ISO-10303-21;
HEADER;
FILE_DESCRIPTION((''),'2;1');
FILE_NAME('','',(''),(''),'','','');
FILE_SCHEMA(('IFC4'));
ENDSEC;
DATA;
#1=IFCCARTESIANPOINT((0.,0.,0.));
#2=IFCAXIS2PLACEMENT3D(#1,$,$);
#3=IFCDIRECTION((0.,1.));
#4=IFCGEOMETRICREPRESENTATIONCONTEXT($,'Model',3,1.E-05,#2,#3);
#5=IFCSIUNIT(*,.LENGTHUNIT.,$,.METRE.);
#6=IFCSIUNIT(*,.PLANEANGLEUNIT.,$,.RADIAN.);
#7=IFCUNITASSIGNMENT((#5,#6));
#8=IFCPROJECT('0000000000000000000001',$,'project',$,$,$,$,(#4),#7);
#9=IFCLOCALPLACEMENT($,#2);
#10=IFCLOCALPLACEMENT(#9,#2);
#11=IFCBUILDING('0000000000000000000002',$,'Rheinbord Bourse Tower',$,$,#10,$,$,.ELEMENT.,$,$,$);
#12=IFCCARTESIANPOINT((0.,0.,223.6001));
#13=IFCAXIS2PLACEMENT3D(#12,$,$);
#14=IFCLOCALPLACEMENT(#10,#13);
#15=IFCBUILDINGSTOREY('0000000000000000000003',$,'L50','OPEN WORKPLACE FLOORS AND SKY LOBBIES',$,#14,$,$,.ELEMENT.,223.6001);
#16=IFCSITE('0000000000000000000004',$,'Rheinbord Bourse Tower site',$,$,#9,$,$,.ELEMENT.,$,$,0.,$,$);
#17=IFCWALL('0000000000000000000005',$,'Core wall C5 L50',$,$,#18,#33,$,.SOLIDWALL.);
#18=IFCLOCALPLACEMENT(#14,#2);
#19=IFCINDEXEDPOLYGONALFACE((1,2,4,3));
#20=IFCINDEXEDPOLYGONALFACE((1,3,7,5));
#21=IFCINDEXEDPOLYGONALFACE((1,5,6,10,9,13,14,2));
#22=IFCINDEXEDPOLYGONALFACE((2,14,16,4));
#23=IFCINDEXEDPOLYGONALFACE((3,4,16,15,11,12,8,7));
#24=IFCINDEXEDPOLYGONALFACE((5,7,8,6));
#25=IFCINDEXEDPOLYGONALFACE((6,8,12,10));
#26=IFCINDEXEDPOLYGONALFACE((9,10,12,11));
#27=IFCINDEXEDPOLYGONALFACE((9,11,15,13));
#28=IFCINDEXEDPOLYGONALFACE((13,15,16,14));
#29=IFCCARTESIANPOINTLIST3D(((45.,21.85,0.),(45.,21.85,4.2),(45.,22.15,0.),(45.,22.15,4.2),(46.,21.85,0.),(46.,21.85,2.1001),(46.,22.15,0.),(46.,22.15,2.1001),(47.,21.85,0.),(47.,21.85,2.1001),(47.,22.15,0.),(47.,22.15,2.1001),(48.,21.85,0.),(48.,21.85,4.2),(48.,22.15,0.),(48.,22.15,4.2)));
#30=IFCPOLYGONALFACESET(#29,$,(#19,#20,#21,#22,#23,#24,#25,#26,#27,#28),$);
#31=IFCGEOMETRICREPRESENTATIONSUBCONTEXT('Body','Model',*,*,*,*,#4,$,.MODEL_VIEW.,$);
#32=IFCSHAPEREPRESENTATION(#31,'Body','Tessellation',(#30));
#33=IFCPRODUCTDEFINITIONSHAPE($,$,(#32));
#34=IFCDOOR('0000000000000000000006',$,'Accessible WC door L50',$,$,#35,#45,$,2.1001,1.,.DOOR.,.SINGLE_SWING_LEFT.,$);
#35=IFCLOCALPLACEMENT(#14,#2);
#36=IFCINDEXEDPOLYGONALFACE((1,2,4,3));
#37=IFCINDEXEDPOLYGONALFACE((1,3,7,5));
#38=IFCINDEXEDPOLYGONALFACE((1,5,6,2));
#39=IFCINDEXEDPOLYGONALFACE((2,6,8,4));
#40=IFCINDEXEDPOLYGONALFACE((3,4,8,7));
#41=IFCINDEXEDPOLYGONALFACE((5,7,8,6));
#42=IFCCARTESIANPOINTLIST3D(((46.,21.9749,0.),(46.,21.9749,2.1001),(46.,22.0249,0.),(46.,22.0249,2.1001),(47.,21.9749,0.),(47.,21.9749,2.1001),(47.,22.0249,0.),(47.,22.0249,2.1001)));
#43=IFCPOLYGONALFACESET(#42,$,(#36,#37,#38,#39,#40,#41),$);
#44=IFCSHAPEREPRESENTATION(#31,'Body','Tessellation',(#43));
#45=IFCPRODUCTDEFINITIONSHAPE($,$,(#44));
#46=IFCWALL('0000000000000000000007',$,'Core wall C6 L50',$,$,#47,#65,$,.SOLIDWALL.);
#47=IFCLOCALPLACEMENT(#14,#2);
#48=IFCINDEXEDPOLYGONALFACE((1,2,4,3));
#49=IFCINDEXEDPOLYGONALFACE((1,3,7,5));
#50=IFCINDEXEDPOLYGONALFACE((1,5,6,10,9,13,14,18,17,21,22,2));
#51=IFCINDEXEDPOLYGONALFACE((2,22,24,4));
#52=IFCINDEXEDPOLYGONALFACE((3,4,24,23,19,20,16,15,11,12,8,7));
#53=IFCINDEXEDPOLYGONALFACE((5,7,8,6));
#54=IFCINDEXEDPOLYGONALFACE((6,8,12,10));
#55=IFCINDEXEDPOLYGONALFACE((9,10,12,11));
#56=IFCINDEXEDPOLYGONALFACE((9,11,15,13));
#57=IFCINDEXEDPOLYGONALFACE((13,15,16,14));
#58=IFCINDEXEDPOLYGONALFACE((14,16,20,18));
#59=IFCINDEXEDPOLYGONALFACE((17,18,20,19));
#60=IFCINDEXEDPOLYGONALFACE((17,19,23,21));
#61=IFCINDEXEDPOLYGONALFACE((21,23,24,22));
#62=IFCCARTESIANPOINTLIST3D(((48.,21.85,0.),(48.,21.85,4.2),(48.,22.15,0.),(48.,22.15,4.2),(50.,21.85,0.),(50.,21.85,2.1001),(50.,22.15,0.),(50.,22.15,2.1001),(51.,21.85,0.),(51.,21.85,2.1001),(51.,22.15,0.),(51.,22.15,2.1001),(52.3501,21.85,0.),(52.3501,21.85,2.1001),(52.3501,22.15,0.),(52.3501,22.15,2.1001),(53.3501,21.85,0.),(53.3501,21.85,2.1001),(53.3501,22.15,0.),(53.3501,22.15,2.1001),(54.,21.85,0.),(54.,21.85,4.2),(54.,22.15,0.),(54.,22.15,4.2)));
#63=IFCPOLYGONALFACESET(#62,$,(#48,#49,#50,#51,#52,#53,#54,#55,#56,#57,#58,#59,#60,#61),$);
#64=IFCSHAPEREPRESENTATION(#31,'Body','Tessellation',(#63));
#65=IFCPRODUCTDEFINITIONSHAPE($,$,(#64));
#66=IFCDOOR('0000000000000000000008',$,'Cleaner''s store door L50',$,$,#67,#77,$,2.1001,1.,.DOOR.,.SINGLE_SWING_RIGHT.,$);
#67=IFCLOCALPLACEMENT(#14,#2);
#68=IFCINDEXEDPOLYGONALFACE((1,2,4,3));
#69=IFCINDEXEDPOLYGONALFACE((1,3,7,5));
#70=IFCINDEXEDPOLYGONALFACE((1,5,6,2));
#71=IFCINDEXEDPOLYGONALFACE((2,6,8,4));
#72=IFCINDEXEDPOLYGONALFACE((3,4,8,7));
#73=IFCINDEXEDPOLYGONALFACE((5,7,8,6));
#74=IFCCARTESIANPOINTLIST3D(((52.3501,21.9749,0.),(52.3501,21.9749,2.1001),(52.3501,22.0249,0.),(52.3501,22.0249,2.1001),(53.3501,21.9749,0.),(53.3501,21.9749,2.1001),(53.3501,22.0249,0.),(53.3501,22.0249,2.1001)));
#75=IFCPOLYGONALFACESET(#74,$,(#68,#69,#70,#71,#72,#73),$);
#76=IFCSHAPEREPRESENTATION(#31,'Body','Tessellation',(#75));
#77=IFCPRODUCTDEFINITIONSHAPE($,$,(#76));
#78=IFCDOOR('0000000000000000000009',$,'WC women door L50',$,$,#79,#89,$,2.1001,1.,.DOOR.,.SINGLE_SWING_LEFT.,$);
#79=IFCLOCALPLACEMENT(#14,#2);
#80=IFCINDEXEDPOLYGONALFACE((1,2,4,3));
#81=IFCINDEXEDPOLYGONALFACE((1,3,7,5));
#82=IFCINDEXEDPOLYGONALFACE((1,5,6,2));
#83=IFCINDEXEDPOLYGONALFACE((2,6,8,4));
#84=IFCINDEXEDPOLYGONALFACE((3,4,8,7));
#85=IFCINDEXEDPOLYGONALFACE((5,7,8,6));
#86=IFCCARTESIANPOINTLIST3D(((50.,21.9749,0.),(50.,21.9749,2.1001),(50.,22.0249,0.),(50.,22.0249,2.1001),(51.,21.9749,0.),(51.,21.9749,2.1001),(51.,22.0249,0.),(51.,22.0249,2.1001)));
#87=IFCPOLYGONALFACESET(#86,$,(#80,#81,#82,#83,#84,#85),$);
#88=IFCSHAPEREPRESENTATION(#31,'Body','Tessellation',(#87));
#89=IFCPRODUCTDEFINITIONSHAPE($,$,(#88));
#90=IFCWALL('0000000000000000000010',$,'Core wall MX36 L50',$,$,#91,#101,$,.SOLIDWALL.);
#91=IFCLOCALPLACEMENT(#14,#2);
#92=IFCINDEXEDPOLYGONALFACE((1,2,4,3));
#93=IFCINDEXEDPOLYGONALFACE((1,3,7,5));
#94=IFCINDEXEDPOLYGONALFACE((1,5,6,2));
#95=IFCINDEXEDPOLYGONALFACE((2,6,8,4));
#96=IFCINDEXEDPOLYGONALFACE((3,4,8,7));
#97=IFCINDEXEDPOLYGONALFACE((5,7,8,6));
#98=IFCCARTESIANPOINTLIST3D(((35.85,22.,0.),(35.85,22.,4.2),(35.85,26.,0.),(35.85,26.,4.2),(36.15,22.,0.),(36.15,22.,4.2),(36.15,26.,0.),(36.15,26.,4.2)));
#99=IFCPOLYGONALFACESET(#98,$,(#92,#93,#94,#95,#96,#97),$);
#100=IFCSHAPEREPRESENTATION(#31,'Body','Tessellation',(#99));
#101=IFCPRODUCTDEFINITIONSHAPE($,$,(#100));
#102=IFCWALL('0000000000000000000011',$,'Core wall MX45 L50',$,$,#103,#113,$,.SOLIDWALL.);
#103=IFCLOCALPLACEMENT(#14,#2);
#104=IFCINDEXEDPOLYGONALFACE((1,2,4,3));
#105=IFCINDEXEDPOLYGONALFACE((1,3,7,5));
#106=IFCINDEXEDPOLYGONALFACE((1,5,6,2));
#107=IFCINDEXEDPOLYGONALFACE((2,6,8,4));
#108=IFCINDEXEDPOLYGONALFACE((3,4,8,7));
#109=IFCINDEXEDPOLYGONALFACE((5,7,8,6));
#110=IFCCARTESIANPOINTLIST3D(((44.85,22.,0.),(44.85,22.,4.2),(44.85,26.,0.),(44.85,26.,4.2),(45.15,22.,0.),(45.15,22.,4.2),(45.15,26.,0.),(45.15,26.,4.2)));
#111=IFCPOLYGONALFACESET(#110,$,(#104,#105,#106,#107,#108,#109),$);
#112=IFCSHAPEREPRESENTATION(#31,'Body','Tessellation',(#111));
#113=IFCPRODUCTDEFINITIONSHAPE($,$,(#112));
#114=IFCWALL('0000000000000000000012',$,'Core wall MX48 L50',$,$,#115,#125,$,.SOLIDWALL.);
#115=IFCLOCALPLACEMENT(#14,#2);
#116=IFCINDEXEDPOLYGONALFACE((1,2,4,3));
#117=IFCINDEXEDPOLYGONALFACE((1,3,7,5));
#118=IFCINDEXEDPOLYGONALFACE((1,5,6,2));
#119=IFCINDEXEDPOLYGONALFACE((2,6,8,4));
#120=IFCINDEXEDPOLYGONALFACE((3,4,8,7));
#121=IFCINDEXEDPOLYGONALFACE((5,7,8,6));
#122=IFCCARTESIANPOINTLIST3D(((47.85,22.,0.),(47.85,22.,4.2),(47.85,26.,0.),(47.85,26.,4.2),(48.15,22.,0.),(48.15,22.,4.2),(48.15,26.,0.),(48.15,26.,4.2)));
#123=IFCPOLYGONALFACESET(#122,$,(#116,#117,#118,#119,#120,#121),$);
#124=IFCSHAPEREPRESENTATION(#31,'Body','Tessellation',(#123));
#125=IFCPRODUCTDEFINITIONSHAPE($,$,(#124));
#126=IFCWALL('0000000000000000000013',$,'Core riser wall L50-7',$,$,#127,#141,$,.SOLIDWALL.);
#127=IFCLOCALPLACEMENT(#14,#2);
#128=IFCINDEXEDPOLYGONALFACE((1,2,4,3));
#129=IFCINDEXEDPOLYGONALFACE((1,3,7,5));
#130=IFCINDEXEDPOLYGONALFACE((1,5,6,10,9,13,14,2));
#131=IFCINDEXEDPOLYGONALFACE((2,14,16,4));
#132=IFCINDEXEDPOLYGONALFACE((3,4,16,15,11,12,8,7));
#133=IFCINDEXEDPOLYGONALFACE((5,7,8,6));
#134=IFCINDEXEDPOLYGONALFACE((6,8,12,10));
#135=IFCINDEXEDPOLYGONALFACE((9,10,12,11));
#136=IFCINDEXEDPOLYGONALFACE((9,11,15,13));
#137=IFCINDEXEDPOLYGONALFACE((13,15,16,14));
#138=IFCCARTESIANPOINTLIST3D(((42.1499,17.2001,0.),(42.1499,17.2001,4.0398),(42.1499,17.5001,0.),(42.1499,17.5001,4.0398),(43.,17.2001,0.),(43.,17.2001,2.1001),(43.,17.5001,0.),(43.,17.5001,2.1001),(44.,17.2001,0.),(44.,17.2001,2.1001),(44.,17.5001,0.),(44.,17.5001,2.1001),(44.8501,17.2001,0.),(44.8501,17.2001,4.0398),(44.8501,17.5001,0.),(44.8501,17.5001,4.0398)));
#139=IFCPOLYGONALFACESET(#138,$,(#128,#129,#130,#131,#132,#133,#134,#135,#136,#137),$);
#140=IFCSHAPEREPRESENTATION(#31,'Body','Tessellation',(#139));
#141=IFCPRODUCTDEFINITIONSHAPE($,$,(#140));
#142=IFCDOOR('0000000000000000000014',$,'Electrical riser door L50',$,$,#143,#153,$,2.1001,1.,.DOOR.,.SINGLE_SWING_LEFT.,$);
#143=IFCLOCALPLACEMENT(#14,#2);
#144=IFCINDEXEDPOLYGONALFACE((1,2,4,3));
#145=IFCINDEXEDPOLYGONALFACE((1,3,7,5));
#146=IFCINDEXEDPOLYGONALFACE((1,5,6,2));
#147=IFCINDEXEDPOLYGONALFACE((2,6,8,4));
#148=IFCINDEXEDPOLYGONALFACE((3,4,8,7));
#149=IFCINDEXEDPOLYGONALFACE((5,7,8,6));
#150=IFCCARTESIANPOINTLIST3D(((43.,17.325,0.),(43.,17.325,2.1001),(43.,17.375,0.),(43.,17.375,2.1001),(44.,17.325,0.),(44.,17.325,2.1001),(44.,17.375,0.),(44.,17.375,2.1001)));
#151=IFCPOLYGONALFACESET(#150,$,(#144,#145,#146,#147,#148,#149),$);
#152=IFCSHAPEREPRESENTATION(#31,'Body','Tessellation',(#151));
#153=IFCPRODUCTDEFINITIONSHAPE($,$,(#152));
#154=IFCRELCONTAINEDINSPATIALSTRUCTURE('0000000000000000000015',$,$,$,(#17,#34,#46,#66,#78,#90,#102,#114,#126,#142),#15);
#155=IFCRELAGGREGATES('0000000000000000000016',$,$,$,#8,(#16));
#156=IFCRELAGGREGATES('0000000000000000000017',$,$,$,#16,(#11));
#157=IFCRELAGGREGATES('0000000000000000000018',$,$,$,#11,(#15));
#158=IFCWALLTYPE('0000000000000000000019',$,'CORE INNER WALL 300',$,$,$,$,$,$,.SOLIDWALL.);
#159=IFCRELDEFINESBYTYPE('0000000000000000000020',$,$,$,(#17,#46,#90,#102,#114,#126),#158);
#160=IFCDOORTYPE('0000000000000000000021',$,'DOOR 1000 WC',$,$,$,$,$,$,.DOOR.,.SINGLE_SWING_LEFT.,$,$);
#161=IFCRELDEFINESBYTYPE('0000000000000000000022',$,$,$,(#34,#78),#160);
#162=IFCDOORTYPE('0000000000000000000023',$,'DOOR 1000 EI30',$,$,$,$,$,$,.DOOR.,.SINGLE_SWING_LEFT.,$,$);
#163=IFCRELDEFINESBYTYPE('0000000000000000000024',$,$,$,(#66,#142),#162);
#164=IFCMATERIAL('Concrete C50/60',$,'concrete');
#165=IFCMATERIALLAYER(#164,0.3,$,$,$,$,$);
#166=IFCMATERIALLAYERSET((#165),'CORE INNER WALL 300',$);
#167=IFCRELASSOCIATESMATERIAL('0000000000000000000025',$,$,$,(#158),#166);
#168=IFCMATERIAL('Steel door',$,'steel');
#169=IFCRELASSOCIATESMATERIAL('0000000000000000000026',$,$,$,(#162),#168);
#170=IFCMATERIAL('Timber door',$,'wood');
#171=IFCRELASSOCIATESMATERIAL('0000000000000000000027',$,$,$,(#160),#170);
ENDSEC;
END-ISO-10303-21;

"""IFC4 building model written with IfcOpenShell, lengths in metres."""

from ifc_helpers import new_model, si_unit, direction, frame, frame_2d, origin, place, context, subcontext, project, spatial, rectangle, extrude, material, layer, layer_set, type_object, element, fill, save


model = new_model("IFC4")

# Units and contexts
model_context = context("Model", 3, precision=1e-05, world=origin(), true_north=direction((0.0, 1.0)))
body_context = subcontext(model_context, "Body", "Model", "MODEL_VIEW")
ifc_project = project(units=[si_unit("LENGTHUNIT", "METRE"), si_unit("PLANEANGLEUNIT", "RADIAN")], contexts=[model_context])

# Site, building, storey
site_placement = place(None, origin())
site = spatial("IfcSite", under=ifc_project, at=site_placement, Name="Rheinbord Bourse Tower site", CompositionType="ELEMENT", RefElevation=0.0)
building_placement = place(site_placement, origin())
building = spatial("IfcBuilding", under=site, at=building_placement, Name="Rheinbord Bourse Tower", CompositionType="ELEMENT")
storey_placement = place(building_placement, frame((0.0, 0.0, 223.6001)))
storey = spatial("IfcBuildingStorey", under=building, at=storey_placement, Name="L50", Description="OPEN WORKPLACE FLOORS AND SKY LOBBIES", CompositionType="ELEMENT", Elevation=223.6001)

# Wall, opening, door
ifc_material_1 = material(Name="Concrete C50/60", Category="concrete")
ifc_layer_1 = layer(ifc_material_1, 0.3)
ifc_layer_set_1 = layer_set([ifc_layer_1], Name="CORE INNER WALL 300")
wall_type_1 = type_object("IfcWallType", Name="CORE INNER WALL 300", PredefinedType="SOLIDWALL", material=ifc_layer_set_1)
ifc_material_2 = material(Name="Steel door", Category="steel")
door_type_1 = type_object("IfcDoorType", Name="DOOR 1000 EI30", OperationType="SINGLE_SWING_LEFT", PredefinedType="DOOR", material=ifc_material_2)
wall_1_placement = place(storey_placement, frame((45.0, 22.0, 0.0), z_axis=(0.0, 0.0, 1.0), x_axis=(1.0, 0.0, 0.0)))
wall_1 = element("IfcWall", 1, at=wall_1_placement, inside=storey, type_object=wall_type_1, Name="Core wall C5 L50", PredefinedType="SOLIDWALL", context=body_context, shape_type="SweptSolid", body=[
    extrude(rectangle(XDim=3.0, YDim=0.3, at=frame_2d((1.5, 0.0))), origin(), (0.0, 0.0, 1.0), 4.2),
])
opening_1_placement = place(wall_1_placement, frame((1.0, 0.0, 0.0)))
opening_1 = element("IfcOpeningElement", 2, at=opening_1_placement, cuts=wall_1, PredefinedType="OPENING", context=body_context, shape_type="SweptSolid", body=[
    extrude(rectangle(XDim=1.0, YDim=2.1001, at=frame_2d((0.5, 1.05))), frame((0.0, 0.1599, 0.0), z_axis=(0.0, -1.0, 0.0), x_axis=(1.0, 0.0, 0.0)), (0.0, 0.0, 1.0), 0.3201),
])
ifc_material_3 = material(Name="Timber door", Category="wood")
door_type_2 = type_object("IfcDoorType", Name="DOOR 1000 WC", OperationType="SINGLE_SWING_LEFT", PredefinedType="DOOR", material=ifc_material_3)
door_1_placement = place(opening_1_placement, origin())
door_1 = element("IfcDoor", 3, at=door_1_placement, inside=storey, type_object=door_type_2, Name="Accessible WC door L50", OperationType="SINGLE_SWING_LEFT", OverallHeight=2.1001, OverallWidth=1.0, PredefinedType="DOOR", context=body_context, shape_type="SweptSolid", body=[
    extrude(rectangle(XDim=1.0, YDim=2.1001, at=frame_2d((0.5, 1.05))), frame((0.0, 0.0249, 0.0), z_axis=(0.0, -1.0, 0.0), x_axis=(1.0, 0.0, 0.0)), (0.0, 0.0, 1.0), 0.05),
])
fill(opening_1, door_1)

# Wall, openings, doors
wall_2_placement = place(storey_placement, frame((48.0, 22.0, 0.0), z_axis=(0.0, 0.0, 1.0), x_axis=(1.0, 0.0, 0.0)))
wall_2 = element("IfcWall", 4, at=wall_2_placement, inside=storey, type_object=wall_type_1, Name="Core wall C6 L50", PredefinedType="SOLIDWALL", context=body_context, shape_type="SweptSolid", body=[
    extrude(rectangle(XDim=6.0, YDim=0.3, at=frame_2d((3.0, 0.0))), origin(), (0.0, 0.0, 1.0), 4.2),
])
opening_2_placement = place(wall_2_placement, frame((2.0, 0.0, 0.0)))
opening_2 = element("IfcOpeningElement", 5, at=opening_2_placement, cuts=wall_2, PredefinedType="OPENING", context=body_context, shape_type="SweptSolid", body=[
    extrude(rectangle(XDim=1.0, YDim=2.1001, at=frame_2d((0.5, 1.05))), frame((0.0, 0.1599, 0.0), z_axis=(0.0, -1.0, 0.0), x_axis=(1.0, 0.0, 0.0)), (0.0, 0.0, 1.0), 0.3201),
])
opening_3_placement = place(wall_2_placement, frame((4.3501, 0.0, 0.0)))
opening_3 = element("IfcOpeningElement", 6, at=opening_3_placement, cuts=wall_2, PredefinedType="OPENING", context=body_context, shape_type="SweptSolid", body=[
    extrude(rectangle(XDim=1.0, YDim=2.1001, at=frame_2d((0.5, 1.05))), frame((0.0, 0.1599, 0.0), z_axis=(0.0, -1.0, 0.0), x_axis=(1.0, 0.0, 0.0)), (0.0, 0.0, 1.0), 0.3201),
])
door_2_placement = place(opening_3_placement, origin())
door_2 = element("IfcDoor", 7, at=door_2_placement, inside=storey, type_object=door_type_1, Name="Cleaner's store door L50", OperationType="SINGLE_SWING_RIGHT", OverallHeight=2.1001, OverallWidth=1.0, PredefinedType="DOOR", context=body_context, shape_type="SweptSolid", body=[
    extrude(rectangle(XDim=1.0, YDim=2.1001, at=frame_2d((0.5, 1.05))), frame((0.0, 0.0249, 0.0), z_axis=(0.0, -1.0, 0.0), x_axis=(1.0, 0.0, 0.0)), (0.0, 0.0, 1.0), 0.05),
])
fill(opening_3, door_2)
door_3_placement = place(opening_2_placement, origin())
door_3 = element("IfcDoor", 8, at=door_3_placement, inside=storey, type_object=door_type_2, Name="WC women door L50", OperationType="SINGLE_SWING_LEFT", OverallHeight=2.1001, OverallWidth=1.0, PredefinedType="DOOR", context=body_context, shape_type="SweptSolid", body=[
    extrude(rectangle(XDim=1.0, YDim=2.1001, at=frame_2d((0.5, 1.05))), frame((0.0, 0.0249, 0.0), z_axis=(0.0, -1.0, 0.0), x_axis=(1.0, 0.0, 0.0)), (0.0, 0.0, 1.0), 0.05),
])
fill(opening_2, door_3)

# Walls
for number, where, z_axis, x_axis, name in (
    (9, (36.0, 22.0, 0.0), (0.0, 0.0, 1.0), (0.0, 1.0, 0.0), "Core wall MX36 L50"),
    (10, (45.0, 22.0, 0.0), (0.0, 0.0, 1.0), (0.0, 1.0, 0.0), "Core wall MX45 L50"),
    (11, (48.0, 22.0, 0.0), (0.0, 0.0, 1.0), (0.0, 1.0, 0.0), "Core wall MX48 L50"),
):
    element("IfcWall", number, at=place(storey_placement, frame(where, z_axis=z_axis, x_axis=x_axis)), inside=storey, type_object=wall_type_1, Name=name, PredefinedType="SOLIDWALL", context=body_context, shape_type="SweptSolid", body=[
        extrude(rectangle(XDim=4.0, YDim=0.3, at=frame_2d((2.0, 0.0))), origin(), (0.0, 0.0, 1.0), 4.2),
    ])

# Wall, opening, door
wall_3_placement = place(storey_placement, frame((42.1499, 17.3501, 0.0), z_axis=(0.0, 0.0, 1.0), x_axis=(1.0, 0.0, 0.0)))
wall_3 = element("IfcWall", 12, at=wall_3_placement, inside=storey, type_object=wall_type_1, Name="Core riser wall L50-7", PredefinedType="SOLIDWALL", context=body_context, shape_type="SweptSolid", body=[
    extrude(rectangle(XDim=2.7002, YDim=0.3, at=frame_2d((1.3501, 0.0))), origin(), (0.0, 0.0, 1.0), 4.0398),
])
opening_4_placement = place(wall_3_placement, frame((0.8501, 0.0, 0.0)))
opening_4 = element("IfcOpeningElement", 13, at=opening_4_placement, cuts=wall_3, PredefinedType="OPENING", context=body_context, shape_type="SweptSolid", body=[
    extrude(rectangle(XDim=1.0, YDim=2.1001, at=frame_2d((0.5, 1.05))), frame((0.0, 0.1599, 0.0), z_axis=(0.0, -1.0, 0.0), x_axis=(1.0, 0.0, 0.0)), (0.0, 0.0, 1.0), 0.3201),
])
door_4_placement = place(opening_4_placement, origin())
door_4 = element("IfcDoor", 14, at=door_4_placement, inside=storey, type_object=door_type_1, Name="Electrical riser door L50", OperationType="SINGLE_SWING_LEFT", OverallHeight=2.1001, OverallWidth=1.0, PredefinedType="DOOR", context=body_context, shape_type="SweptSolid", body=[
    extrude(rectangle(XDim=1.0, YDim=2.1001, at=frame_2d((0.5, 1.05))), frame((0.0, 0.0249, 0.0), z_axis=(0.0, -1.0, 0.0), x_axis=(1.0, 0.0, 0.0)), (0.0, 0.0, 1.0), 0.05),
])
fill(opening_4, door_4)

save(model, "model.ifc")
